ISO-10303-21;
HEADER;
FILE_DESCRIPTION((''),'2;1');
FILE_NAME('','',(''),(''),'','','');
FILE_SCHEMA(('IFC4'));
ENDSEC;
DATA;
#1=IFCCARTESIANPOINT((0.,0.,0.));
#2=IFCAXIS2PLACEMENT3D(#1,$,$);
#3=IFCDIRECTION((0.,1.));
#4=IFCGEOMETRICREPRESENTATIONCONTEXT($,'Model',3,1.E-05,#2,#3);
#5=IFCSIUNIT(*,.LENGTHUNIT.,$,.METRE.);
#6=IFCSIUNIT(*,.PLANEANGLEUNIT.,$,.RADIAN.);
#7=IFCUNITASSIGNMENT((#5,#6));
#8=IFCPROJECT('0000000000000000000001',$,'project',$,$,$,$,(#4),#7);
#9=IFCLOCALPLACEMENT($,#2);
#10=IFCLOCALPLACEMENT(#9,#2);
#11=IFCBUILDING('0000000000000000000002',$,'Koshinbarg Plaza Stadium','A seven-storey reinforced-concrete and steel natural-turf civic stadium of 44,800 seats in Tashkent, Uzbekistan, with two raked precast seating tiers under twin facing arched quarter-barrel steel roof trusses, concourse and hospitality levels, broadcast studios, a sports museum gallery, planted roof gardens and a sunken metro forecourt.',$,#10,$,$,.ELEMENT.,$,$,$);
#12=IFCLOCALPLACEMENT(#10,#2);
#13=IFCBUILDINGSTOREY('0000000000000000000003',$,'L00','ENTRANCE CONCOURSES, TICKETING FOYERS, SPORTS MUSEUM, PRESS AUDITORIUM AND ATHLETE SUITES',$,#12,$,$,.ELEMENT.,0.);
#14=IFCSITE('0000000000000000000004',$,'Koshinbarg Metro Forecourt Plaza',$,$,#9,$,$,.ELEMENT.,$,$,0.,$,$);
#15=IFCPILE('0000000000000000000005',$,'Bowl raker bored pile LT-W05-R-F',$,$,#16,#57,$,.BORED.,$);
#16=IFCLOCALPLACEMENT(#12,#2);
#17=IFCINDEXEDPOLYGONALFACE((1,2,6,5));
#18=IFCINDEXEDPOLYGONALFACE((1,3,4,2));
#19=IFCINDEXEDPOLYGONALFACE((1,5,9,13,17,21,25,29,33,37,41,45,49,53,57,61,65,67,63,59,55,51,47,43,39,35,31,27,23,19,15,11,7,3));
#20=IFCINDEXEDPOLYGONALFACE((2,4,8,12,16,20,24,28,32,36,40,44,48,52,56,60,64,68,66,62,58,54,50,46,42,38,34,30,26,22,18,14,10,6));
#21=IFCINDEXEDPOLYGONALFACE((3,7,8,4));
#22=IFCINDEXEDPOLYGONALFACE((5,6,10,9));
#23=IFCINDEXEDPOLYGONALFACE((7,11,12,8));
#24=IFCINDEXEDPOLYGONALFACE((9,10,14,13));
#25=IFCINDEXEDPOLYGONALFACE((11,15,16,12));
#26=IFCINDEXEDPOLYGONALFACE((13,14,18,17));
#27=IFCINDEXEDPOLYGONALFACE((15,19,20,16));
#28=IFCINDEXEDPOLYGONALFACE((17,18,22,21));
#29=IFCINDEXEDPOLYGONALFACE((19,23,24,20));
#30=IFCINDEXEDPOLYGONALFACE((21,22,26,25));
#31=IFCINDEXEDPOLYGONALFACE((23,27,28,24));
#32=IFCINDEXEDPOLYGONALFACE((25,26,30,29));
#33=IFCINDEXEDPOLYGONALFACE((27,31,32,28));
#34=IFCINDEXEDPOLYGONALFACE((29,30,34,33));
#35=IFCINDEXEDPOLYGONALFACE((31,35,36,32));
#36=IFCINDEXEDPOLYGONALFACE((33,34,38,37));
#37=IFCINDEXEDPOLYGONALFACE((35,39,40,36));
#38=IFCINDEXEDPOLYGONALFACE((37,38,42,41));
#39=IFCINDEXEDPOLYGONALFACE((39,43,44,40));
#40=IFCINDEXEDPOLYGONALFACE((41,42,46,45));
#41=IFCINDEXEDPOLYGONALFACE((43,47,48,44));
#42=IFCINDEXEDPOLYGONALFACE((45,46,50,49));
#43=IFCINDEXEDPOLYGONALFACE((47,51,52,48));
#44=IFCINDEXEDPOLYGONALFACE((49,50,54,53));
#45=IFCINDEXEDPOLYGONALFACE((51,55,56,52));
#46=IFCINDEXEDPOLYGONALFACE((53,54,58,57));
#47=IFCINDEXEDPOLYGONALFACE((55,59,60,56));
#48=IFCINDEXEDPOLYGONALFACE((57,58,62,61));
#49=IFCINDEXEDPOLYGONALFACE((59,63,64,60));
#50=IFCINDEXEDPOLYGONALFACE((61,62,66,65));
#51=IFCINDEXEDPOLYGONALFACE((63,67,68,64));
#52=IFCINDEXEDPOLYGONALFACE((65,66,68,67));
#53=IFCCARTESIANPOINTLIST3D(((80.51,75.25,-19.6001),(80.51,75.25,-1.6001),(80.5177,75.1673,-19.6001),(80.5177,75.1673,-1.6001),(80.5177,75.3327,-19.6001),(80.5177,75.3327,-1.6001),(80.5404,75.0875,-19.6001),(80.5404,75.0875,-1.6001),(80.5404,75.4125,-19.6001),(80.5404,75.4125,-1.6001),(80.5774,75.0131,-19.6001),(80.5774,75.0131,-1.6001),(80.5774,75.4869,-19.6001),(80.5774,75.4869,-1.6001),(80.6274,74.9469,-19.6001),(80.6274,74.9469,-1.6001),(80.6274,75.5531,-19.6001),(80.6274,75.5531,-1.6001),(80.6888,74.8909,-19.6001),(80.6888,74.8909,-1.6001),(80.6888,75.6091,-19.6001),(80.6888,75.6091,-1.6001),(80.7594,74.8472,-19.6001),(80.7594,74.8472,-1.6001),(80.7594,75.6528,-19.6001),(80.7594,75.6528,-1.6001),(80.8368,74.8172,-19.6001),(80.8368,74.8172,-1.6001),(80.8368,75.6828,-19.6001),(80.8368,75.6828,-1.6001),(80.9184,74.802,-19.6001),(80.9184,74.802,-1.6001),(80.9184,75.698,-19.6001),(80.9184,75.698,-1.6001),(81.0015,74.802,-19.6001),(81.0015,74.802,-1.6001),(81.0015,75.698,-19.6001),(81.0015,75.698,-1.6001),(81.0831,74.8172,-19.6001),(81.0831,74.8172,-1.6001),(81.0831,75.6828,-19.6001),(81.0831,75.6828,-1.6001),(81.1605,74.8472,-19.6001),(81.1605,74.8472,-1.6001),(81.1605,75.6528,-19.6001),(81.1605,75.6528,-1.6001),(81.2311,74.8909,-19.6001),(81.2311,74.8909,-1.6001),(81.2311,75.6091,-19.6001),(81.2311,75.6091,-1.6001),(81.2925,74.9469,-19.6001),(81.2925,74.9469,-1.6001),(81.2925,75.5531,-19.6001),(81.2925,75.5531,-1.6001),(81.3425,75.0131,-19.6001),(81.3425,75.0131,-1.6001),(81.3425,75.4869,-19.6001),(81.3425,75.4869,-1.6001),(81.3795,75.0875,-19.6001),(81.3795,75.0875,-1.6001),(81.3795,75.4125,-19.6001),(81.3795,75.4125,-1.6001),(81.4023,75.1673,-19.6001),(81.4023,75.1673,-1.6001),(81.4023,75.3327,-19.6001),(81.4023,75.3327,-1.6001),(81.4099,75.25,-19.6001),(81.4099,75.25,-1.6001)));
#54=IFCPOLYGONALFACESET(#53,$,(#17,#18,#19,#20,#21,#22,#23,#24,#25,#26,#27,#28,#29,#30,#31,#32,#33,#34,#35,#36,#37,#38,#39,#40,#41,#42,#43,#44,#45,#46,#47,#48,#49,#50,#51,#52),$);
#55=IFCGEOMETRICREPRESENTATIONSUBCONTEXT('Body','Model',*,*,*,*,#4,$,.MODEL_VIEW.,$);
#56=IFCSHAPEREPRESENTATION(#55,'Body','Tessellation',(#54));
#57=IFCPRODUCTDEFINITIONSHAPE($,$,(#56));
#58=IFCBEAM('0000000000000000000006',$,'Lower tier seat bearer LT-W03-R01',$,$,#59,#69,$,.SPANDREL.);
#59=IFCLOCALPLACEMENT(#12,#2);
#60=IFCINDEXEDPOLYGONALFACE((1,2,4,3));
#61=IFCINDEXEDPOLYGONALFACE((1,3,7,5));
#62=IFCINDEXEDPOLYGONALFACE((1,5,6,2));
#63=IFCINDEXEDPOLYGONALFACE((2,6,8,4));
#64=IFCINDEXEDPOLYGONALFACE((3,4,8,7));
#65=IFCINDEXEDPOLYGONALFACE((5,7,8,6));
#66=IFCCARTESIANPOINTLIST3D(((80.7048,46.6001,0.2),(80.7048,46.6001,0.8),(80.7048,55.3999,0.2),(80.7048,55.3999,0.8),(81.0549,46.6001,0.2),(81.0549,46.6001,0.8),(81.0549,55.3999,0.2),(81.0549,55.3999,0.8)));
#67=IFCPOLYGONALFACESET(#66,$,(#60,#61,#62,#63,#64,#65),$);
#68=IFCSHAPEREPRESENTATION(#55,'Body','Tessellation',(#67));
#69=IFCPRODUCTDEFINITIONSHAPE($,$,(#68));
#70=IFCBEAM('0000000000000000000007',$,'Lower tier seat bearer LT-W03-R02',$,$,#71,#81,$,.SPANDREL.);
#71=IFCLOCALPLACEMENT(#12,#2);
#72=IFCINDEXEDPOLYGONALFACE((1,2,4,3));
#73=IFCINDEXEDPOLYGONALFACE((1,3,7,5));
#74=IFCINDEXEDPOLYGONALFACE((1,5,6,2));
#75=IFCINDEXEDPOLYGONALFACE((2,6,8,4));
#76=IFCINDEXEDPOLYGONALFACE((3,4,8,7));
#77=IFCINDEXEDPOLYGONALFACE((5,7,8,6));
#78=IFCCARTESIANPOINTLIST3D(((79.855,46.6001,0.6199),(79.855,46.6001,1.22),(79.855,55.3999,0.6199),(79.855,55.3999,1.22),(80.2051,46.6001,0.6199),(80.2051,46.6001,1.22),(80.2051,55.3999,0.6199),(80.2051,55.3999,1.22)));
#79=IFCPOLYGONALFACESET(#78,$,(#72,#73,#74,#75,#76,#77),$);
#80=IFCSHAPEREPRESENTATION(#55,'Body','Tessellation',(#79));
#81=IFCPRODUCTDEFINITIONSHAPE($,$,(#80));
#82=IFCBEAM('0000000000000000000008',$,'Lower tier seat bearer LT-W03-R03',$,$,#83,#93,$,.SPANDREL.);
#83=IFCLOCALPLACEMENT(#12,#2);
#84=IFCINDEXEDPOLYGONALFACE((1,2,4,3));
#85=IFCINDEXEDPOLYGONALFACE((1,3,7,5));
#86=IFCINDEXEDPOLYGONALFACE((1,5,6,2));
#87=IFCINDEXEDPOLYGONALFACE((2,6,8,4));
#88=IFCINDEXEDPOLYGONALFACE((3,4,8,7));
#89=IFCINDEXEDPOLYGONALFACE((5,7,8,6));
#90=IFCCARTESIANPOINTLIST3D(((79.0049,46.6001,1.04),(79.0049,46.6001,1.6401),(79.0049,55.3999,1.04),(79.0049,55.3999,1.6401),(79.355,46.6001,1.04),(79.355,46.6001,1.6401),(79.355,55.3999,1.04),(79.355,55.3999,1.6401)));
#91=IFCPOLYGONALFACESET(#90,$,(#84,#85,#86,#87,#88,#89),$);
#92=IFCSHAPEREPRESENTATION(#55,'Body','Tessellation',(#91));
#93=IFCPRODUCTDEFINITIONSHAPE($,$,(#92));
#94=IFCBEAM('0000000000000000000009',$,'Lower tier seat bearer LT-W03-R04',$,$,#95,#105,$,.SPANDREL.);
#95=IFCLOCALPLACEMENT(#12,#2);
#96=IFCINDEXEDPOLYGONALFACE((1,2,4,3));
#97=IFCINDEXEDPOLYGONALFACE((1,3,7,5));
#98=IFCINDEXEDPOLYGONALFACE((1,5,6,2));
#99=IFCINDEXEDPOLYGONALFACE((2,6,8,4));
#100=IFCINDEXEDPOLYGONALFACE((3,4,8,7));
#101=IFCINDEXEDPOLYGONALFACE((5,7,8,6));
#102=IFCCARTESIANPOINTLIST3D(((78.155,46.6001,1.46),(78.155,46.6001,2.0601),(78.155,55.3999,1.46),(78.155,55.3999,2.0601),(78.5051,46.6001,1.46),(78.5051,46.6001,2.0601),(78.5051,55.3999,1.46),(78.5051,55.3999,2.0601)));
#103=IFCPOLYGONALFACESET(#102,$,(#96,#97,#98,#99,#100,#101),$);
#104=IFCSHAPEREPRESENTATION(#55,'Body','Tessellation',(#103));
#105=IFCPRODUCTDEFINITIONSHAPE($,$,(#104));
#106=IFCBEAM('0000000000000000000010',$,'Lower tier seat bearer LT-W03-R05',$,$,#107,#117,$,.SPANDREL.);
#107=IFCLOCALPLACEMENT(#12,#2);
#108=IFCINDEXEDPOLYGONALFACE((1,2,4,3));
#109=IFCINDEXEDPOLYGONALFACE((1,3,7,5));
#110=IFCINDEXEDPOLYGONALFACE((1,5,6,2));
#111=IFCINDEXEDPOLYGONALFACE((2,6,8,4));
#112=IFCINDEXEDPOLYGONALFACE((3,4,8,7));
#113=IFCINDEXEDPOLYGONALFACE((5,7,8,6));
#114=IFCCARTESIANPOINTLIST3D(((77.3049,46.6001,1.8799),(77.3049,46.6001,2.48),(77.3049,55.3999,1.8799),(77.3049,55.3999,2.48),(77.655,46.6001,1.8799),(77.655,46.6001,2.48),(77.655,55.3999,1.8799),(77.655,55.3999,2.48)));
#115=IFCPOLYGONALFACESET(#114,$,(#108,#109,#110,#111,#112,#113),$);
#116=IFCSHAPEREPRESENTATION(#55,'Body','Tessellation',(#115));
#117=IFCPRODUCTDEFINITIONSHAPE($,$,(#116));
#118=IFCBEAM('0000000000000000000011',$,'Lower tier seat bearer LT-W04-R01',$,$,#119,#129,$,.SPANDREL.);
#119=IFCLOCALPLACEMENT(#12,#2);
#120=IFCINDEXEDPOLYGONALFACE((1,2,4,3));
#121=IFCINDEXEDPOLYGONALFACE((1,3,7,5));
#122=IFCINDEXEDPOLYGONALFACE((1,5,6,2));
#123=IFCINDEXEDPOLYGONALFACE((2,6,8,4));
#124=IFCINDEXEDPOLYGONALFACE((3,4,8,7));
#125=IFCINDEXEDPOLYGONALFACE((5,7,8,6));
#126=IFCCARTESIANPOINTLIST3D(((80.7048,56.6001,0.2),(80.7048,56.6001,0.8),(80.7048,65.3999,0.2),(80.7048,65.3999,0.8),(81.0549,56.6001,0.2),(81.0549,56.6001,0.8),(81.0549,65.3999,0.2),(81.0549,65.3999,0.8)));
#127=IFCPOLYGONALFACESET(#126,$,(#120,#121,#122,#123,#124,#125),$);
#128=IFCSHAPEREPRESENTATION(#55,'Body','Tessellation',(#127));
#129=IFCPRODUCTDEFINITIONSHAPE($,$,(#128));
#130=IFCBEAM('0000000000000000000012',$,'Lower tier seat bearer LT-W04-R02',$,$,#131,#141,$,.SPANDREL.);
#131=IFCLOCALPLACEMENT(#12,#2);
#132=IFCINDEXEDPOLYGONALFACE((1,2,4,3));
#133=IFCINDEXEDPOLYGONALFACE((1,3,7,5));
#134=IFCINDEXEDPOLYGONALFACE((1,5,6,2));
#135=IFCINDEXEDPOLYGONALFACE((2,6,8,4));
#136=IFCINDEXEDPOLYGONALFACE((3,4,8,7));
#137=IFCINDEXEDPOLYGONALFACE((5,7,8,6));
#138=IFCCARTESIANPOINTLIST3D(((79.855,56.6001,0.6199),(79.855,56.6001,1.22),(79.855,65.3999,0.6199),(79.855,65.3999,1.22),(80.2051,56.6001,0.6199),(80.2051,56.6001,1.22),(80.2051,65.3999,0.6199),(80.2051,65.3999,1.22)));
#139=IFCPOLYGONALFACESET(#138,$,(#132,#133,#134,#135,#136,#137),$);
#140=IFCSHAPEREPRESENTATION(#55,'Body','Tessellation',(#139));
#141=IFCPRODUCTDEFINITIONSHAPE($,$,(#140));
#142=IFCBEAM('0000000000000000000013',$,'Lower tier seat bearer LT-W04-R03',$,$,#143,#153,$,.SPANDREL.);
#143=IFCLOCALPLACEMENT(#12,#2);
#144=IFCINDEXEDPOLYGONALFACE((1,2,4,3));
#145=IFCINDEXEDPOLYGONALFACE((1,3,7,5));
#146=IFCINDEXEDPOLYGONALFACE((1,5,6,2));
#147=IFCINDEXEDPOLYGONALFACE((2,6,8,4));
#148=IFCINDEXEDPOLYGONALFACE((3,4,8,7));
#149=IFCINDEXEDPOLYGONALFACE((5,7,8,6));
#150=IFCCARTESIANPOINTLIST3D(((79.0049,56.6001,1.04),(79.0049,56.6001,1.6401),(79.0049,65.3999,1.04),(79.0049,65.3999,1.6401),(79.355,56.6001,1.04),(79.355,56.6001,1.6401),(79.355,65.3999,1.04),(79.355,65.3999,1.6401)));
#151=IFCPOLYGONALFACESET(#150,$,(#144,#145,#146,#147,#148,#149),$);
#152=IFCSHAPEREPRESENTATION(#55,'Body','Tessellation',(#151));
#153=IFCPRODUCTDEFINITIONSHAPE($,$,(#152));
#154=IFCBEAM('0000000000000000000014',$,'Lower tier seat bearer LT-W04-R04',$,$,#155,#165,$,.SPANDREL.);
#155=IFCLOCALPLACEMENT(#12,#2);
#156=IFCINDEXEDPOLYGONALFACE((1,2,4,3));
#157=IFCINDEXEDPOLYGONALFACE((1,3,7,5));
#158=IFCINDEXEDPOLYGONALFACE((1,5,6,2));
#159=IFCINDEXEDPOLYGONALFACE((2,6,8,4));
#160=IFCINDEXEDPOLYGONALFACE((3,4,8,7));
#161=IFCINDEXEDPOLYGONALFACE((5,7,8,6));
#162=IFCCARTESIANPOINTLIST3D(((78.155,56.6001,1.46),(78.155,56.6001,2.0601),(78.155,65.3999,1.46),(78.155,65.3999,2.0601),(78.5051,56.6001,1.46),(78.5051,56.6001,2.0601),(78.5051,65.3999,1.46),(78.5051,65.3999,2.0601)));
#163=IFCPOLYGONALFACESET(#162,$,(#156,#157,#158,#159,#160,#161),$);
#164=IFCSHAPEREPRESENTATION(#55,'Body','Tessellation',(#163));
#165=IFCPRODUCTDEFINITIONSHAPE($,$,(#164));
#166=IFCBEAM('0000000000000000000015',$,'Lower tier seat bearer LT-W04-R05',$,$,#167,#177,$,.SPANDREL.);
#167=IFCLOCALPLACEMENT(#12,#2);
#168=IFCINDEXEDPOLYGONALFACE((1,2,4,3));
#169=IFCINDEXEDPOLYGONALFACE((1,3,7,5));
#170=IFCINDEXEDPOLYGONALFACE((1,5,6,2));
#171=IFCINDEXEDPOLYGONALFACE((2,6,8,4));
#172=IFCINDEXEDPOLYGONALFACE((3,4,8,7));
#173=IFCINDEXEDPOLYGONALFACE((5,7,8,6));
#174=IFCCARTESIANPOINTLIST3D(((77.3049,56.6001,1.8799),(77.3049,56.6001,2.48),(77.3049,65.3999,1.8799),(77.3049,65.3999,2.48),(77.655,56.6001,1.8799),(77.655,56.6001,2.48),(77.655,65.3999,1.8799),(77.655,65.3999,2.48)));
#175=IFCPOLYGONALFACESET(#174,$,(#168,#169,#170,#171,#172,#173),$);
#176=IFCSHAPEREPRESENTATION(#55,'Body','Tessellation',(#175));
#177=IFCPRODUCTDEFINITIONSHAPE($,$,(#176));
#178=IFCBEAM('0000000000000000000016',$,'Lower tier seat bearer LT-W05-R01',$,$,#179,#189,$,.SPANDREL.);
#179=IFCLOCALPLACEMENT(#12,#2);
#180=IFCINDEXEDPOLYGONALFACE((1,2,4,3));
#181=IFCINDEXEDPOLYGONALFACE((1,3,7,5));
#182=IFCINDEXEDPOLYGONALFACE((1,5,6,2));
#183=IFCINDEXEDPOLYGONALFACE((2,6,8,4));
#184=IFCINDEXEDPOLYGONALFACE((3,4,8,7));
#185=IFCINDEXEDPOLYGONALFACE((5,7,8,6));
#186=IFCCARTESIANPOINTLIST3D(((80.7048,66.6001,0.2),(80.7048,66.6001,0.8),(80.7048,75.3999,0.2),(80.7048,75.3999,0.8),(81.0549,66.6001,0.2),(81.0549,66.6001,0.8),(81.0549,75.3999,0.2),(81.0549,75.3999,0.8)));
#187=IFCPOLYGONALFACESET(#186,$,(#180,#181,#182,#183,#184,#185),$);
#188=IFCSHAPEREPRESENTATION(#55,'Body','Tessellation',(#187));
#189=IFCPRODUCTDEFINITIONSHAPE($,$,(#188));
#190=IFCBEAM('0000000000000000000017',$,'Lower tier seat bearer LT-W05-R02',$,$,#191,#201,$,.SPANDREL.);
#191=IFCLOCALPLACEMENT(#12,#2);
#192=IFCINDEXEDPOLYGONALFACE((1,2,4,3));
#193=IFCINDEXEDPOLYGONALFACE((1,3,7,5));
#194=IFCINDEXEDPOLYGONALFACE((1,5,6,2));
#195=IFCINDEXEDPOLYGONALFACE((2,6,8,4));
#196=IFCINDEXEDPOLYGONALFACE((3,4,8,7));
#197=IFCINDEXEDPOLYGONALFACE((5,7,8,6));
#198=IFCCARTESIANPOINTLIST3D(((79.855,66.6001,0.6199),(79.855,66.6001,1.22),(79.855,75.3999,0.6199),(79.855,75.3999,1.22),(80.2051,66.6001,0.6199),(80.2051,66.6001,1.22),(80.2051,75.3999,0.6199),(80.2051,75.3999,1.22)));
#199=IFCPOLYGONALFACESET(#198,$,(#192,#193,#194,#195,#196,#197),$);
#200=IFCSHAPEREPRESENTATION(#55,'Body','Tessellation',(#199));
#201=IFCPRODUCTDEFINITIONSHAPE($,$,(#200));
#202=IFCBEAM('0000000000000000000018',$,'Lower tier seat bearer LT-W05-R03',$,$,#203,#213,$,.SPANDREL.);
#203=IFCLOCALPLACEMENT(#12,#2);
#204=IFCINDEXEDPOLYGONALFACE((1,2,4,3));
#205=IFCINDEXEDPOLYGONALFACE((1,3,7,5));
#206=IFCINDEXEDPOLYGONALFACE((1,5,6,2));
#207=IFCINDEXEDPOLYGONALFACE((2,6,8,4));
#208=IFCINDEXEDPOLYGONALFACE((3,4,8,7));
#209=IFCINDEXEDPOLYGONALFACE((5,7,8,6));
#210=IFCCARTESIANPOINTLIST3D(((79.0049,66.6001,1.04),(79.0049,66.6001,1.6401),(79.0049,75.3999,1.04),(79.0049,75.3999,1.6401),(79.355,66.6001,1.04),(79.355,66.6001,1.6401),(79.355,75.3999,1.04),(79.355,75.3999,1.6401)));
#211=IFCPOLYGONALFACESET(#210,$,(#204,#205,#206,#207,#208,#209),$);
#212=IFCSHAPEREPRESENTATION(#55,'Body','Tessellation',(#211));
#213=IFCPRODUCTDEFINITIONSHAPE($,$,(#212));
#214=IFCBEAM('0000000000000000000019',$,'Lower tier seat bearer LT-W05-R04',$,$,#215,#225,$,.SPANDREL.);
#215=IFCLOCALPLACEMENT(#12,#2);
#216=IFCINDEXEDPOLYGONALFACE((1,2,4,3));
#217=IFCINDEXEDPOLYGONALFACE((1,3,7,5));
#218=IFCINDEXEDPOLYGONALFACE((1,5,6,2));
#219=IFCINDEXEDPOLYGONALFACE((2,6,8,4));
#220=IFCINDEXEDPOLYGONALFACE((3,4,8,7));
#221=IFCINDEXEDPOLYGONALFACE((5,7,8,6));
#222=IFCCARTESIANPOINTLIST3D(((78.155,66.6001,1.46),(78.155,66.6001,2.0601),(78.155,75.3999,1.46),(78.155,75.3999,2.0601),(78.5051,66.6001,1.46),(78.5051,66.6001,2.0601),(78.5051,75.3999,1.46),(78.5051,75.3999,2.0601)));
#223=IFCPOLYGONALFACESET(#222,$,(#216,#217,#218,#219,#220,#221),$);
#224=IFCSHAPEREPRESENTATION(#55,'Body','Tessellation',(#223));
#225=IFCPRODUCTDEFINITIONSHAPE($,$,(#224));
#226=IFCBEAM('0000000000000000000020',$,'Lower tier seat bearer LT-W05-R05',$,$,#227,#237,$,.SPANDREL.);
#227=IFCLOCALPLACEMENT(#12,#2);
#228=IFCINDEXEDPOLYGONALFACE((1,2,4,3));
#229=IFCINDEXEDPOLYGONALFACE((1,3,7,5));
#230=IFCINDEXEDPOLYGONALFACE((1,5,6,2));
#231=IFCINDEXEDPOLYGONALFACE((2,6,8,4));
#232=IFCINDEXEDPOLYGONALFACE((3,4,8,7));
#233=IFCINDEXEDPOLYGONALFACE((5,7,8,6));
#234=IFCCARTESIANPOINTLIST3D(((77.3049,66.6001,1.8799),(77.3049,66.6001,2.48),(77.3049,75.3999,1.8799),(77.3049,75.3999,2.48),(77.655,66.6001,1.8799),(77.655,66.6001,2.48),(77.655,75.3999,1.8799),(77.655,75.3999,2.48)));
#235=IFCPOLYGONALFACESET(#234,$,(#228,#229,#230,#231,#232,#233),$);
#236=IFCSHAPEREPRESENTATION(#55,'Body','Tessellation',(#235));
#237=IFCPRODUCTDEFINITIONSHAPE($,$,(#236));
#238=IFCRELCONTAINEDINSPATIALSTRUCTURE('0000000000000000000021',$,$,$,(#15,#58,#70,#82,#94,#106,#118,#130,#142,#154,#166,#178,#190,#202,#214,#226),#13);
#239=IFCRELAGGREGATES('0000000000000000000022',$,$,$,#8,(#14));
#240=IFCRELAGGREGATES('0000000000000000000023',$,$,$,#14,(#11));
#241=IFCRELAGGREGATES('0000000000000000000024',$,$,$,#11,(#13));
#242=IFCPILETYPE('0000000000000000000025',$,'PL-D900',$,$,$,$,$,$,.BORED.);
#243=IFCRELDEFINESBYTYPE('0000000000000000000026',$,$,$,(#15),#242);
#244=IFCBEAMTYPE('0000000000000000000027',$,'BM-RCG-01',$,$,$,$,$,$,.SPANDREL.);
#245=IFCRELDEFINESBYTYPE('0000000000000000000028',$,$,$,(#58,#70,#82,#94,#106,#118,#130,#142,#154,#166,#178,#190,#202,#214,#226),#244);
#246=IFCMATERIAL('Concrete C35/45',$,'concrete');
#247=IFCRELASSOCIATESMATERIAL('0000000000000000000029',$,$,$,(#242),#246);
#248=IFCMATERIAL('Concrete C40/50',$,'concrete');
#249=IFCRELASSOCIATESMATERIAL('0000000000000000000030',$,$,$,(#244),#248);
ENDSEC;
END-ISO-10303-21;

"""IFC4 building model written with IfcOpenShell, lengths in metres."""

from ifc_helpers import new_model, si_unit, direction, frame, origin, origin_2d, place, context, subcontext, project, spatial, rectangle, circle, extrude, material, material_profile, profile_set, type_object, element, save


model = new_model("IFC4")

# Units and contexts
model_context = context("Model", 3, precision=1e-05, world=origin(), true_north=direction((0.0, 1.0)))
body_context = subcontext(model_context, "Body", "Model", "MODEL_VIEW")
ifc_project = project(units=[si_unit("LENGTHUNIT", "METRE"), si_unit("PLANEANGLEUNIT", "RADIAN")], contexts=[model_context])

# Site, building, storey
site_placement = place(None, origin())
site = spatial("IfcSite", under=ifc_project, at=site_placement, Name="Koshinbarg Metro Forecourt Plaza", CompositionType="ELEMENT", RefElevation=0.0)
building_placement = place(site_placement, origin())
building = spatial("IfcBuilding", under=site, at=building_placement, Name="Koshinbarg Plaza Stadium", Description="A seven-storey reinforced-concrete and steel natural-turf civic stadium of 44,800 seats in Tashkent, Uzbekistan, with two raked precast seating tiers under twin facing arched quarter-barrel steel roof trusses, concourse and hospitality levels, broadcast studios, a sports museum gallery, planted roof gardens and a sunken metro forecourt.", CompositionType="ELEMENT")
storey_placement = place(building_placement, origin())
storey = spatial("IfcBuildingStorey", under=building, at=storey_placement, Name="L00", Description="ENTRANCE CONCOURSES, TICKETING FOYERS, SPORTS MUSEUM, PRESS AUDITORIUM AND ATHLETE SUITES", CompositionType="ELEMENT", Elevation=0.0)

# Shared definitions
ifc_material_1 = material(Name="Concrete C35/45", Category="concrete")

# Pile
ifc_material_profile_1 = material_profile(ifc_material_1, circle(Radius=0.45, at=origin_2d()), Name="PILE D900")
ifc_profile_set_1 = profile_set([ifc_material_profile_1], Name="Concrete C35/45")
pile_type = type_object("IfcPileType", Name="PL-D900", PredefinedType="BORED", material=ifc_profile_set_1)
for number, where, z_axis, x_axis, name in (
    (1, (80.96, 75.25, -1.6001), (0.0, 0.0, -1.0), (1.0, 0.0, 0.0), "Bowl raker bored pile LT-W05-R-F"),
):
    element("IfcPile", number, at=place(storey_placement, frame(where, z_axis=z_axis, x_axis=x_axis)), inside=storey, type_object=pile_type, Name=name, PredefinedType="BORED", context=body_context, shape_type="SweptSolid", body=[
        extrude(circle(Radius=0.45, at=origin_2d()), origin(), (0.0, 0.0, 1.0), 18.0),
    ])

# Beams
ifc_material_2 = material(Name="Concrete C40/50", Category="concrete")
ifc_material_profile_2 = material_profile(ifc_material_2, rectangle(XDim=0.3501, YDim=0.6001, at=origin_2d()), Name="RC 350x600")
ifc_profile_set_2 = profile_set([ifc_material_profile_2], Name="Concrete C40/50")
beam_type = type_object("IfcBeamType", Name="BM-RCG-01", PredefinedType="SPANDREL", material=ifc_profile_set_2)
for number, where, z_axis, x_axis, name in (
    (2, (80.8799, 46.6001, 0.5), (0.0, 1.0, 0.0), (-1.0, 0.0, 0.0), "Lower tier seat bearer LT-W03-R01"),
    (3, (80.03, 46.6001, 0.9199), (0.0, 1.0, 0.0), (-1.0, 0.0, 0.0), "Lower tier seat bearer LT-W03-R02"),
    (4, (79.1799, 46.6001, 1.3401), (0.0, 1.0, 0.0), (-1.0, 0.0, 0.0), "Lower tier seat bearer LT-W03-R03"),
    (5, (78.3301, 46.6001, 1.76), (0.0, 1.0, 0.0), (-1.0, 0.0, 0.0), "Lower tier seat bearer LT-W03-R04"),
    (6, (77.48, 46.6001, 2.1799), (0.0, 1.0, 0.0), (-1.0, 0.0, 0.0), "Lower tier seat bearer LT-W03-R05"),
    (7, (80.8799, 56.6001, 0.5), (0.0, 1.0, 0.0), (-1.0, 0.0, 0.0), "Lower tier seat bearer LT-W04-R01"),
    (8, (80.03, 56.6001, 0.9199), (0.0, 1.0, 0.0), (-1.0, 0.0, 0.0), "Lower tier seat bearer LT-W04-R02"),
    (9, (79.1799, 56.6001, 1.3401), (0.0, 1.0, 0.0), (-1.0, 0.0, 0.0), "Lower tier seat bearer LT-W04-R03"),
    (10, (78.3301, 56.6001, 1.76), (0.0, 1.0, 0.0), (-1.0, 0.0, 0.0), "Lower tier seat bearer LT-W04-R04"),
    (11, (77.48, 56.6001, 2.1799), (0.0, 1.0, 0.0), (-1.0, 0.0, 0.0), "Lower tier seat bearer LT-W04-R05"),
    (12, (80.8799, 66.6001, 0.5), (0.0, 1.0, 0.0), (-1.0, 0.0, 0.0), "Lower tier seat bearer LT-W05-R01"),
    (13, (80.03, 66.6001, 0.9199), (0.0, 1.0, 0.0), (-1.0, 0.0, 0.0), "Lower tier seat bearer LT-W05-R02"),
    (14, (79.1799, 66.6001, 1.3401), (0.0, 1.0, 0.0), (-1.0, 0.0, 0.0), "Lower tier seat bearer LT-W05-R03"),
    (15, (78.3301, 66.6001, 1.76), (0.0, 1.0, 0.0), (-1.0, 0.0, 0.0), "Lower tier seat bearer LT-W05-R04"),
    (16, (77.48, 66.6001, 2.1799), (0.0, 1.0, 0.0), (-1.0, 0.0, 0.0), "Lower tier seat bearer LT-W05-R05"),
):
    element("IfcBeam", number, at=place(storey_placement, frame(where, z_axis=z_axis, x_axis=x_axis)), inside=storey, type_object=beam_type, Name=name, PredefinedType="SPANDREL", context=body_context, shape_type="SweptSolid", body=[
        extrude(rectangle(XDim=0.3501, YDim=0.6001, at=origin_2d()), origin(), (0.0, 0.0, 1.0), 8.7998),
    ])

save(model, "model.ifc")
